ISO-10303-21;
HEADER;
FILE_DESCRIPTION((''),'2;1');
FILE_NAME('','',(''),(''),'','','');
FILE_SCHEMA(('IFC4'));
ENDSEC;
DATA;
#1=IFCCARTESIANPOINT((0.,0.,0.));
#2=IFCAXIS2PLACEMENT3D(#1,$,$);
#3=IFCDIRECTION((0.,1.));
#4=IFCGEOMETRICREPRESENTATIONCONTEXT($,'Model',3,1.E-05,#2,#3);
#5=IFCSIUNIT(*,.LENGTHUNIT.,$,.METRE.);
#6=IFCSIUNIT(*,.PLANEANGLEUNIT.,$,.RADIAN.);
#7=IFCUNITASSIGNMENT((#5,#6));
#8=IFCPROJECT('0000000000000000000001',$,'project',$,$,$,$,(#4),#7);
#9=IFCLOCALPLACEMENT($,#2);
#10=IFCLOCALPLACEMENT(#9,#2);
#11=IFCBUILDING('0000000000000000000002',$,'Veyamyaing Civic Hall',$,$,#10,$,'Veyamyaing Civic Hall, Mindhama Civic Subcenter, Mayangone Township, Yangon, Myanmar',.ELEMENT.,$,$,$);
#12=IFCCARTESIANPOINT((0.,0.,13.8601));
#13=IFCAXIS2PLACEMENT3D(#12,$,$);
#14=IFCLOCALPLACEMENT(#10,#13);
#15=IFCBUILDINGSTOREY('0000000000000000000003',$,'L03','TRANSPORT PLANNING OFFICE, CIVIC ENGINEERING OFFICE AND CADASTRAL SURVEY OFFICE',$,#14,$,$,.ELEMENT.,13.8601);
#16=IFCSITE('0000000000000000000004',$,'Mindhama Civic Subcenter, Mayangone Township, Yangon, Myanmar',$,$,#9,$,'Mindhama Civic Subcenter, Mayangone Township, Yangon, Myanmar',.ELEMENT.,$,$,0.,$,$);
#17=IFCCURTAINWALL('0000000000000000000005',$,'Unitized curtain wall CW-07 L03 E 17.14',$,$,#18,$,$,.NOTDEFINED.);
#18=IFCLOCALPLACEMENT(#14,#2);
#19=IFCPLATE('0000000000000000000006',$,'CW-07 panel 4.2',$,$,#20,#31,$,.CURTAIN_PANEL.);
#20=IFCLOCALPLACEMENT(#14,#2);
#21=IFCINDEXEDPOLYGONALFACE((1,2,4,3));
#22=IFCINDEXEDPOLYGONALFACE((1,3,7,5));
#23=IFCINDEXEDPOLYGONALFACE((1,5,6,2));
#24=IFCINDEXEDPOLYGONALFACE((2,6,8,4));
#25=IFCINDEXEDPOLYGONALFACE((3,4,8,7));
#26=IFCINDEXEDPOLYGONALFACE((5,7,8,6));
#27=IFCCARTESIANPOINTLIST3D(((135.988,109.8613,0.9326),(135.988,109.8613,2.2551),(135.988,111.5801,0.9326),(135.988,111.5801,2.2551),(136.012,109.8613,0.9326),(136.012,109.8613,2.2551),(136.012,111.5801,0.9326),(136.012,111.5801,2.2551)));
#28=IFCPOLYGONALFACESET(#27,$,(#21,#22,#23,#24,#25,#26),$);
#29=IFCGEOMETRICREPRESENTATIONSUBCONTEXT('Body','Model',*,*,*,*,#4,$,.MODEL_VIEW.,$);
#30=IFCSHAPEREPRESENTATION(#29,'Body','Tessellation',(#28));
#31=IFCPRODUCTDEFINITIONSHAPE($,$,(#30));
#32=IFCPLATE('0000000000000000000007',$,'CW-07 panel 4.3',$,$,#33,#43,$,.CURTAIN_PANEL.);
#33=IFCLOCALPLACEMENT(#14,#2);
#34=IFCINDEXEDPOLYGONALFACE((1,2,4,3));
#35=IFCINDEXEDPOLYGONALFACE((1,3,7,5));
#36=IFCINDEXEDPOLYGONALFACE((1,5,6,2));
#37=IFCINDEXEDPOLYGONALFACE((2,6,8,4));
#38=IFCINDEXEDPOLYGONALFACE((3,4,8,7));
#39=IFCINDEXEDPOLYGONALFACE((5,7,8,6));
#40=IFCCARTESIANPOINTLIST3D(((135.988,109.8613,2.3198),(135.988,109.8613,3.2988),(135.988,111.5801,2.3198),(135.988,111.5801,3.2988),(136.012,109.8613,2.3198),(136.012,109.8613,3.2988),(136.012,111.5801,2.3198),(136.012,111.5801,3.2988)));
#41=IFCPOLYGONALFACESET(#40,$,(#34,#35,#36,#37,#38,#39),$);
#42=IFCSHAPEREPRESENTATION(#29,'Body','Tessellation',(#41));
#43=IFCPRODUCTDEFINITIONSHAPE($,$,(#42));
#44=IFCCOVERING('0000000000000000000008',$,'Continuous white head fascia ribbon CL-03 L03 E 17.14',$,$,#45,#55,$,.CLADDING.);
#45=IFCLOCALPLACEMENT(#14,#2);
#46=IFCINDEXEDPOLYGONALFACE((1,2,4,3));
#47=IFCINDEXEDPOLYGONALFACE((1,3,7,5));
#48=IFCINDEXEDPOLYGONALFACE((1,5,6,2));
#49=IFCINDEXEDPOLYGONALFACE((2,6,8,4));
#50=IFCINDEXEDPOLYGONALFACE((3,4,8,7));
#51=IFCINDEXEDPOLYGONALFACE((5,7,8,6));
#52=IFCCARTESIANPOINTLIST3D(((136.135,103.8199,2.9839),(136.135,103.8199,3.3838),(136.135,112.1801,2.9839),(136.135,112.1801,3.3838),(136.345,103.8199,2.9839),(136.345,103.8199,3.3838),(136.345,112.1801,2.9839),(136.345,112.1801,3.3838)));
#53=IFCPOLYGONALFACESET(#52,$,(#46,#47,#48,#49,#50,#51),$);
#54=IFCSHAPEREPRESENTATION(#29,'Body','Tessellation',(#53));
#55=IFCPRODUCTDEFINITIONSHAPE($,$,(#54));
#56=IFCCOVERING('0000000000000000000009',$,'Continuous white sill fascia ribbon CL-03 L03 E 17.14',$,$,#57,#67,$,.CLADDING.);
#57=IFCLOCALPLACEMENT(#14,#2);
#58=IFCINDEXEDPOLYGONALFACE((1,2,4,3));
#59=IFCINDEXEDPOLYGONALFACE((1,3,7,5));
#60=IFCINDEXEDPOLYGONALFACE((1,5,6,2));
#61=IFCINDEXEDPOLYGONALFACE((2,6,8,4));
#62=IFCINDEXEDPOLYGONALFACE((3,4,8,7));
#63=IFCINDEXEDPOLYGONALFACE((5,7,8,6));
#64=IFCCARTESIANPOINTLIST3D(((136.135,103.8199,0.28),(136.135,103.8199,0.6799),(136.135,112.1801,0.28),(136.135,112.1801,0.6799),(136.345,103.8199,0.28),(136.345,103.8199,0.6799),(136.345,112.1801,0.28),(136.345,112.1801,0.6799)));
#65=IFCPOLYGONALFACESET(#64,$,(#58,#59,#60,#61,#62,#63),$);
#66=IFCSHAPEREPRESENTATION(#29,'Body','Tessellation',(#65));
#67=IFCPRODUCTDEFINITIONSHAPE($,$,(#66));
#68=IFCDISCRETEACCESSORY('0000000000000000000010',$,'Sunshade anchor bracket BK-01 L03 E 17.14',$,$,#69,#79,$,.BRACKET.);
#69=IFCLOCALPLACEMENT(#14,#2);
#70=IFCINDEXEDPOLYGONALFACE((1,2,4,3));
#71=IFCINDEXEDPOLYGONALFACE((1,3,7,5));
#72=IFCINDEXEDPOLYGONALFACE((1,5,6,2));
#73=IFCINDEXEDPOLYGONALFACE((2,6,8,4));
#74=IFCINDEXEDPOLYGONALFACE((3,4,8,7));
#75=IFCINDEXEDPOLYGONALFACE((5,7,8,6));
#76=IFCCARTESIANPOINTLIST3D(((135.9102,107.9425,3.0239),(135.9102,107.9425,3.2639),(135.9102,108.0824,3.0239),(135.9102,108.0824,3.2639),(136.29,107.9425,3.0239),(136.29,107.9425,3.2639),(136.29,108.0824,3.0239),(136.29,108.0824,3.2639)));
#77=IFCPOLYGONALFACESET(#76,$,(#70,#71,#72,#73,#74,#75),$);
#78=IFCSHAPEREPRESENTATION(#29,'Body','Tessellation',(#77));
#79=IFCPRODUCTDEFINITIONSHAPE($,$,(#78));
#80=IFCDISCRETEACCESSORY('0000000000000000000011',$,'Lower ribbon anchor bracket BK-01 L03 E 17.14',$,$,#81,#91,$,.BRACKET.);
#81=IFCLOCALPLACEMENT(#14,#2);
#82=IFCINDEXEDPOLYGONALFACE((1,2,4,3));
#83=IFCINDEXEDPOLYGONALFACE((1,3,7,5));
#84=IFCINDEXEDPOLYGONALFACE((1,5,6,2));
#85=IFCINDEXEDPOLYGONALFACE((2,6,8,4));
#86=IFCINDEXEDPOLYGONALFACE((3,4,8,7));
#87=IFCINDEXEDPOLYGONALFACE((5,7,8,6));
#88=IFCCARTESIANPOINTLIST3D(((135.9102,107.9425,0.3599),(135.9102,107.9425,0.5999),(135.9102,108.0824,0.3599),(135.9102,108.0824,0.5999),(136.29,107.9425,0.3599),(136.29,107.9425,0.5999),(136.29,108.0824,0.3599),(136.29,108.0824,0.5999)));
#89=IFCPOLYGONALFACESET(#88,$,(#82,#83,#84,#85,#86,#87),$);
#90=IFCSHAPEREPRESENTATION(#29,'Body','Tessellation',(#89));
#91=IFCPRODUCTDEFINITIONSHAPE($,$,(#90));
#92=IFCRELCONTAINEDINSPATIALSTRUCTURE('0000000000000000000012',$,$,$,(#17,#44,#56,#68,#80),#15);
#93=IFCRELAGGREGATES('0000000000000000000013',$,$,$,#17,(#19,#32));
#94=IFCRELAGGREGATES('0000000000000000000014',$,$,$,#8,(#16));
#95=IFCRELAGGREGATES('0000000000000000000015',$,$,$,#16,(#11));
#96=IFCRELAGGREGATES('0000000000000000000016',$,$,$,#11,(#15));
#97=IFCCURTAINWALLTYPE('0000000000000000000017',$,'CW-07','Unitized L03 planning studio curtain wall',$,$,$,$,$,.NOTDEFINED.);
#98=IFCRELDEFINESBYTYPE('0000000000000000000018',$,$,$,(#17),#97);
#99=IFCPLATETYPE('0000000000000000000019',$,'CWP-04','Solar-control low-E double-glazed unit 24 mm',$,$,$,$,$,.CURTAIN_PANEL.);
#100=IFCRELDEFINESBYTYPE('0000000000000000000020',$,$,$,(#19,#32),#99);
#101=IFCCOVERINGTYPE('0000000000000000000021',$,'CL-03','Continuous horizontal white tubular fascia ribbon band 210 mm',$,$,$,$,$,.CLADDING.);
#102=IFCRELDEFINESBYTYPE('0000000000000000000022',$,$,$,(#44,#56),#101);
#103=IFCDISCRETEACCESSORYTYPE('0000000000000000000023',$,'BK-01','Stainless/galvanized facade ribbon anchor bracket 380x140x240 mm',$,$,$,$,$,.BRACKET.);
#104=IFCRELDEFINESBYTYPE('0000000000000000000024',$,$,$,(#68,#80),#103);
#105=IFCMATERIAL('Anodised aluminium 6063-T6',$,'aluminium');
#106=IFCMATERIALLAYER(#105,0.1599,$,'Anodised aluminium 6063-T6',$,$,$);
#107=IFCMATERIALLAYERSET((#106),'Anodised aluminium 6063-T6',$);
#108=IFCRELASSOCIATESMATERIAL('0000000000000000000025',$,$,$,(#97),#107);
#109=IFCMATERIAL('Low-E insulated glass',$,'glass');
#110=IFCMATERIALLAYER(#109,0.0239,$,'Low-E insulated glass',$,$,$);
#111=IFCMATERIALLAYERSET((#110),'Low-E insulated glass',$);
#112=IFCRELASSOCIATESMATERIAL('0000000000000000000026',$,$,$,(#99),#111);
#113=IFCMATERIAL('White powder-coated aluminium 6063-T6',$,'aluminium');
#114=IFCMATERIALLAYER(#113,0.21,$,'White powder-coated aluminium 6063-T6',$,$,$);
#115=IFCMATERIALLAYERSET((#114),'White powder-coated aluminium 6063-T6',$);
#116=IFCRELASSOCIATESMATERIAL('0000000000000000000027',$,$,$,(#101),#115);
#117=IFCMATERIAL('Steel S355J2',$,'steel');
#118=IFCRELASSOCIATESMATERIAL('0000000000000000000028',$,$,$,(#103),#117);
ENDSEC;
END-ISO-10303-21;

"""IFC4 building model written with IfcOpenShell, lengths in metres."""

from ifc_helpers import new_model, si_unit, direction, frame, origin, origin_2d, place, context, subcontext, project, spatial, rectangle, extrude, material, layer, layer_set, type_object, element, aggregate, save


model = new_model("IFC4")

# Units and contexts
model_context = context("Model", 3, precision=1e-05, world=origin(), true_north=direction((0.0, 1.0)))
body_context = subcontext(model_context, "Body", "Model", "MODEL_VIEW")
ifc_project = project(units=[si_unit("LENGTHUNIT", "METRE"), si_unit("PLANEANGLEUNIT", "RADIAN")], contexts=[model_context])

# Site, building, storey
site_placement = place(None, origin())
site = spatial("IfcSite", under=ifc_project, at=site_placement, Name="Mindhama Civic Subcenter, Mayangone Township, Yangon, Myanmar", LongName="Mindhama Civic Subcenter, Mayangone Township, Yangon, Myanmar", CompositionType="ELEMENT", RefElevation=0.0)
building_placement = place(site_placement, origin())
building = spatial("IfcBuilding", under=site, at=building_placement, Name="Veyamyaing Civic Hall", LongName="Veyamyaing Civic Hall, Mindhama Civic Subcenter, Mayangone Township, Yangon, Myanmar", CompositionType="ELEMENT")
storey_placement = place(building_placement, frame((0.0, 0.0, 13.8601)))
storey = spatial("IfcBuildingStorey", under=building, at=storey_placement, Name="L03", Description="TRANSPORT PLANNING OFFICE, CIVIC ENGINEERING OFFICE AND CADASTRAL SURVEY OFFICE", CompositionType="ELEMENT", Elevation=13.8601)

# Shared definitions
ifc_material_1 = material(Name="Anodised aluminium 6063-T6", Category="aluminium")
ifc_layer_1 = layer(ifc_material_1, 0.1599, Name="Anodised aluminium 6063-T6")
ifc_layer_set_1 = layer_set([ifc_layer_1], Name="Anodised aluminium 6063-T6")
curtain_wall_type = type_object("IfcCurtainWallType", Name="CW-07", Description="Unitized L03 planning studio curtain wall", PredefinedType="NOTDEFINED", material=ifc_layer_set_1)

# Curtain wall
curtain_wall_1_placement = place(storey_placement, origin())
curtain_wall_1 = element("IfcCurtainWall", 1, at=curtain_wall_1_placement, inside=storey, type_object=curtain_wall_type, Name="Unitized curtain wall CW-07 L03 E 17.14", PredefinedType="NOTDEFINED")

# Plates
ifc_material_2 = material(Name="Low-E insulated glass", Category="glass")
ifc_layer_2 = layer(ifc_material_2, 0.0239, Name="Low-E insulated glass")
ifc_layer_set_2 = layer_set([ifc_layer_2], Name="Low-E insulated glass")
plate_type = type_object("IfcPlateType", Name="CWP-04", Description="Solar-control low-E double-glazed unit 24 mm", PredefinedType="CURTAIN_PANEL", material=ifc_layer_set_2)
plate_1_placement = place(storey_placement, frame((136.0, 110.7207, 0.9326), z_axis=(0.0, 0.0, 1.0), x_axis=(0.0, 1.0, 0.0)))
plate_1 = element("IfcPlate", 2, at=plate_1_placement, type_object=plate_type, Name="CW-07 panel 4.2", PredefinedType="CURTAIN_PANEL", context=body_context, shape_type="SweptSolid", body=[
    extrude(rectangle(XDim=1.7188, YDim=0.0239, at=origin_2d()), origin(), (0.0, 0.0, 1.0), 1.3225),
])
plate_2_placement = place(storey_placement, frame((136.0, 110.7207, 2.3198), z_axis=(0.0, 0.0, 1.0), x_axis=(0.0, 1.0, 0.0)))
plate_2 = element("IfcPlate", 3, at=plate_2_placement, type_object=plate_type, Name="CW-07 panel 4.3", PredefinedType="CURTAIN_PANEL", context=body_context, shape_type="SweptSolid", body=[
    extrude(rectangle(XDim=1.7188, YDim=0.0239, at=origin_2d()), origin(), (0.0, 0.0, 1.0), 0.979),
])
aggregate(curtain_wall_1, [plate_1, plate_2])

# Coverings
ifc_material_3 = material(Name="White powder-coated aluminium 6063-T6", Category="aluminium")
ifc_layer_3 = layer(ifc_material_3, 0.21, Name="White powder-coated aluminium 6063-T6")
ifc_layer_set_3 = layer_set([ifc_layer_3], Name="White powder-coated aluminium 6063-T6")
covering_type = type_object("IfcCoveringType", Name="CL-03", Description="Continuous horizontal white tubular fascia ribbon band 210 mm", PredefinedType="CLADDING", material=ifc_layer_set_3)
for number, where, z_axis, x_axis, name in (
    (4, (136.24, 108.0, 2.9839), (0.0, 0.0, 1.0), (0.0, 1.0, 0.0), "Continuous white head fascia ribbon CL-03 L03 E 17.14"),
    (5, (136.24, 108.0, 0.28), (0.0, 0.0, 1.0), (0.0, 1.0, 0.0), "Continuous white sill fascia ribbon CL-03 L03 E 17.14"),
):
    element("IfcCovering", number, at=place(storey_placement, frame(where, z_axis=z_axis, x_axis=x_axis)), inside=storey, type_object=covering_type, Name=name, PredefinedType="CLADDING", context=body_context, shape_type="SweptSolid", body=[
        extrude(rectangle(XDim=8.3601, YDim=0.21, at=origin_2d()), origin(), (0.0, 0.0, 1.0), 0.3999),
    ])

# Discrete accessories
ifc_material_4 = material(Name="Steel S355J2", Category="steel")
discrete_accessory_type = type_object("IfcDiscreteAccessoryType", Name="BK-01", Description="Stainless/galvanized facade ribbon anchor bracket 380x140x240 mm", PredefinedType="BRACKET", material=ifc_material_4)
for number, where, z_axis, x_axis, name in (
    (6, (136.1001, 108.0125, 3.0239), (0.0, 0.0, 1.0), (1.0, 0.0, 0.0), "Sunshade anchor bracket BK-01 L03 E 17.14"),
    (7, (136.1001, 108.0125, 0.3599), (0.0, 0.0, 1.0), (1.0, 0.0, 0.0), "Lower ribbon anchor bracket BK-01 L03 E 17.14"),
):
    element("IfcDiscreteAccessory", number, at=place(storey_placement, frame(where, z_axis=z_axis, x_axis=x_axis)), inside=storey, type_object=discrete_accessory_type, Name=name, PredefinedType="BRACKET", context=body_context, shape_type="SweptSolid", body=[
        extrude(rectangle(XDim=0.3799, YDim=0.1399, at=origin_2d()), origin(), (0.0, 0.0, 1.0), 0.24),
    ])

save(model, "model.ifc")
